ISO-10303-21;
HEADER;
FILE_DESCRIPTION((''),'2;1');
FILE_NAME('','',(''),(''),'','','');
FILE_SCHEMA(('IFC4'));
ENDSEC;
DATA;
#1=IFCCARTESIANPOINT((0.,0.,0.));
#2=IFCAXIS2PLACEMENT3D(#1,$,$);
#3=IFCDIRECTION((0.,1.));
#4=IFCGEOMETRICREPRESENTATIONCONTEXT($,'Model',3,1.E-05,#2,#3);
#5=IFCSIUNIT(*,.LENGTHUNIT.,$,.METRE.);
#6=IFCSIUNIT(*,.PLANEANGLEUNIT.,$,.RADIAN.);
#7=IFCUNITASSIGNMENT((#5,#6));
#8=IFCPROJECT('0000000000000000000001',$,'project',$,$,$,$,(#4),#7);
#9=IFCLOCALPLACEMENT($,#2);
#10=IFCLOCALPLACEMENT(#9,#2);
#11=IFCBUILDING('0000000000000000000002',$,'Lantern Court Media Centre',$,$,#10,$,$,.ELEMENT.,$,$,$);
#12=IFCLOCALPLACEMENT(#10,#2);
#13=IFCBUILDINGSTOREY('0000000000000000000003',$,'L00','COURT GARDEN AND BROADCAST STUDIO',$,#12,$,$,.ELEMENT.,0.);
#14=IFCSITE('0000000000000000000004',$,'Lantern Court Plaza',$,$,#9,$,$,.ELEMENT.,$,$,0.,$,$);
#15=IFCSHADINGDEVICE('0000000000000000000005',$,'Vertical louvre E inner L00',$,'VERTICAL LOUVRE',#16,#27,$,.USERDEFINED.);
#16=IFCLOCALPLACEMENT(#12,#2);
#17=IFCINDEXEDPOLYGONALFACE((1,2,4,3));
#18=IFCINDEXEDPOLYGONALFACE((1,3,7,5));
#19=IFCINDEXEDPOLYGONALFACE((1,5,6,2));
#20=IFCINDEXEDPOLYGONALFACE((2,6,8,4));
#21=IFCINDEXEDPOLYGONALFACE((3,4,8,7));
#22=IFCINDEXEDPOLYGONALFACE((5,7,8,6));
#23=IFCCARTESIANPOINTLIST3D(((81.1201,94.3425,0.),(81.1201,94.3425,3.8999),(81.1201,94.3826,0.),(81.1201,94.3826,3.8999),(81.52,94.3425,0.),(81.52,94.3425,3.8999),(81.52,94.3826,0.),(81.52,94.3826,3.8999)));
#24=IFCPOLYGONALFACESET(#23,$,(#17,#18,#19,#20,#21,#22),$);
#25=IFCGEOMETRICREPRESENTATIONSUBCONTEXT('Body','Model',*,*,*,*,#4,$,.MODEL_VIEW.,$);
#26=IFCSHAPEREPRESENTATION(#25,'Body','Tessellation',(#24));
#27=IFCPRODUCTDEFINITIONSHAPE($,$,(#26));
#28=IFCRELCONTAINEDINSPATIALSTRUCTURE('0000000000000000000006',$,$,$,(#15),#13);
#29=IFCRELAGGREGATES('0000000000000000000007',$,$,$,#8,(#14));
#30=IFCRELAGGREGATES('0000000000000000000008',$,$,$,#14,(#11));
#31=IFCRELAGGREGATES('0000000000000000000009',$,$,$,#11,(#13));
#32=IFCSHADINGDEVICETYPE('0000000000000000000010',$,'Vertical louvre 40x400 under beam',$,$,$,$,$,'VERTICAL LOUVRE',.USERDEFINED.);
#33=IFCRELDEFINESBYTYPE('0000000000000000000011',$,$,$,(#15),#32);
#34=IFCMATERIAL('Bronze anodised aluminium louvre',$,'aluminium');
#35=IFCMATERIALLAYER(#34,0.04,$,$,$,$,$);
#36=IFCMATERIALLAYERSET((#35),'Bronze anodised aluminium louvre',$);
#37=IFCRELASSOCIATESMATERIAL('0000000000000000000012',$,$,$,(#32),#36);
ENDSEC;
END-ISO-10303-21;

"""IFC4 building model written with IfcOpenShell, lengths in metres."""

from ifc_helpers import new_model, si_unit, direction, frame, origin, origin_2d, place, context, subcontext, project, spatial, rectangle, extrude, material, layer, layer_set, type_object, element, save


model = new_model("IFC4")

# Units and contexts
model_context = context("Model", 3, precision=1e-05, world=origin(), true_north=direction((0.0, 1.0)))
body_context = subcontext(model_context, "Body", "Model", "MODEL_VIEW")
ifc_project = project(units=[si_unit("LENGTHUNIT", "METRE"), si_unit("PLANEANGLEUNIT", "RADIAN")], contexts=[model_context])

# Site, building, storey
site_placement = place(None, origin())
site = spatial("IfcSite", under=ifc_project, at=site_placement, Name="Lantern Court Plaza", CompositionType="ELEMENT", RefElevation=0.0)
building_placement = place(site_placement, origin())
building = spatial("IfcBuilding", under=site, at=building_placement, Name="Lantern Court Media Centre", CompositionType="ELEMENT")
storey_placement = place(building_placement, origin())
storey = spatial("IfcBuildingStorey", under=building, at=storey_placement, Name="L00", Description="COURT GARDEN AND BROADCAST STUDIO", CompositionType="ELEMENT", Elevation=0.0)

# Shading device
ifc_material_1 = material(Name="Bronze anodised aluminium louvre", Category="aluminium")
ifc_layer_1 = layer(ifc_material_1, 0.04)
ifc_layer_set_1 = layer_set([ifc_layer_1], Name="Bronze anodised aluminium louvre")
shading_device_type = type_object("IfcShadingDeviceType", Name="Vertical louvre 40x400 under beam", ElementType="VERTICAL LOUVRE", PredefinedType="USERDEFINED", material=ifc_layer_set_1)
for number, where, z_axis, x_axis, name in (
    (1, (81.3201, 94.3625, 0.0), (0.0, 0.0, 1.0), (1.0, 0.0, 0.0), "Vertical louvre E inner L00"),
):
    element("IfcShadingDevice", number, at=place(storey_placement, frame(where, z_axis=z_axis, x_axis=x_axis)), inside=storey, type_object=shading_device_type, Name=name, ObjectType="VERTICAL LOUVRE", PredefinedType="USERDEFINED", context=body_context, shape_type="SweptSolid", body=[
        extrude(rectangle(XDim=0.3999, YDim=0.04, at=origin_2d()), origin(), (0.0, 0.0, 1.0), 3.8999),
    ])

save(model, "model.ifc")
